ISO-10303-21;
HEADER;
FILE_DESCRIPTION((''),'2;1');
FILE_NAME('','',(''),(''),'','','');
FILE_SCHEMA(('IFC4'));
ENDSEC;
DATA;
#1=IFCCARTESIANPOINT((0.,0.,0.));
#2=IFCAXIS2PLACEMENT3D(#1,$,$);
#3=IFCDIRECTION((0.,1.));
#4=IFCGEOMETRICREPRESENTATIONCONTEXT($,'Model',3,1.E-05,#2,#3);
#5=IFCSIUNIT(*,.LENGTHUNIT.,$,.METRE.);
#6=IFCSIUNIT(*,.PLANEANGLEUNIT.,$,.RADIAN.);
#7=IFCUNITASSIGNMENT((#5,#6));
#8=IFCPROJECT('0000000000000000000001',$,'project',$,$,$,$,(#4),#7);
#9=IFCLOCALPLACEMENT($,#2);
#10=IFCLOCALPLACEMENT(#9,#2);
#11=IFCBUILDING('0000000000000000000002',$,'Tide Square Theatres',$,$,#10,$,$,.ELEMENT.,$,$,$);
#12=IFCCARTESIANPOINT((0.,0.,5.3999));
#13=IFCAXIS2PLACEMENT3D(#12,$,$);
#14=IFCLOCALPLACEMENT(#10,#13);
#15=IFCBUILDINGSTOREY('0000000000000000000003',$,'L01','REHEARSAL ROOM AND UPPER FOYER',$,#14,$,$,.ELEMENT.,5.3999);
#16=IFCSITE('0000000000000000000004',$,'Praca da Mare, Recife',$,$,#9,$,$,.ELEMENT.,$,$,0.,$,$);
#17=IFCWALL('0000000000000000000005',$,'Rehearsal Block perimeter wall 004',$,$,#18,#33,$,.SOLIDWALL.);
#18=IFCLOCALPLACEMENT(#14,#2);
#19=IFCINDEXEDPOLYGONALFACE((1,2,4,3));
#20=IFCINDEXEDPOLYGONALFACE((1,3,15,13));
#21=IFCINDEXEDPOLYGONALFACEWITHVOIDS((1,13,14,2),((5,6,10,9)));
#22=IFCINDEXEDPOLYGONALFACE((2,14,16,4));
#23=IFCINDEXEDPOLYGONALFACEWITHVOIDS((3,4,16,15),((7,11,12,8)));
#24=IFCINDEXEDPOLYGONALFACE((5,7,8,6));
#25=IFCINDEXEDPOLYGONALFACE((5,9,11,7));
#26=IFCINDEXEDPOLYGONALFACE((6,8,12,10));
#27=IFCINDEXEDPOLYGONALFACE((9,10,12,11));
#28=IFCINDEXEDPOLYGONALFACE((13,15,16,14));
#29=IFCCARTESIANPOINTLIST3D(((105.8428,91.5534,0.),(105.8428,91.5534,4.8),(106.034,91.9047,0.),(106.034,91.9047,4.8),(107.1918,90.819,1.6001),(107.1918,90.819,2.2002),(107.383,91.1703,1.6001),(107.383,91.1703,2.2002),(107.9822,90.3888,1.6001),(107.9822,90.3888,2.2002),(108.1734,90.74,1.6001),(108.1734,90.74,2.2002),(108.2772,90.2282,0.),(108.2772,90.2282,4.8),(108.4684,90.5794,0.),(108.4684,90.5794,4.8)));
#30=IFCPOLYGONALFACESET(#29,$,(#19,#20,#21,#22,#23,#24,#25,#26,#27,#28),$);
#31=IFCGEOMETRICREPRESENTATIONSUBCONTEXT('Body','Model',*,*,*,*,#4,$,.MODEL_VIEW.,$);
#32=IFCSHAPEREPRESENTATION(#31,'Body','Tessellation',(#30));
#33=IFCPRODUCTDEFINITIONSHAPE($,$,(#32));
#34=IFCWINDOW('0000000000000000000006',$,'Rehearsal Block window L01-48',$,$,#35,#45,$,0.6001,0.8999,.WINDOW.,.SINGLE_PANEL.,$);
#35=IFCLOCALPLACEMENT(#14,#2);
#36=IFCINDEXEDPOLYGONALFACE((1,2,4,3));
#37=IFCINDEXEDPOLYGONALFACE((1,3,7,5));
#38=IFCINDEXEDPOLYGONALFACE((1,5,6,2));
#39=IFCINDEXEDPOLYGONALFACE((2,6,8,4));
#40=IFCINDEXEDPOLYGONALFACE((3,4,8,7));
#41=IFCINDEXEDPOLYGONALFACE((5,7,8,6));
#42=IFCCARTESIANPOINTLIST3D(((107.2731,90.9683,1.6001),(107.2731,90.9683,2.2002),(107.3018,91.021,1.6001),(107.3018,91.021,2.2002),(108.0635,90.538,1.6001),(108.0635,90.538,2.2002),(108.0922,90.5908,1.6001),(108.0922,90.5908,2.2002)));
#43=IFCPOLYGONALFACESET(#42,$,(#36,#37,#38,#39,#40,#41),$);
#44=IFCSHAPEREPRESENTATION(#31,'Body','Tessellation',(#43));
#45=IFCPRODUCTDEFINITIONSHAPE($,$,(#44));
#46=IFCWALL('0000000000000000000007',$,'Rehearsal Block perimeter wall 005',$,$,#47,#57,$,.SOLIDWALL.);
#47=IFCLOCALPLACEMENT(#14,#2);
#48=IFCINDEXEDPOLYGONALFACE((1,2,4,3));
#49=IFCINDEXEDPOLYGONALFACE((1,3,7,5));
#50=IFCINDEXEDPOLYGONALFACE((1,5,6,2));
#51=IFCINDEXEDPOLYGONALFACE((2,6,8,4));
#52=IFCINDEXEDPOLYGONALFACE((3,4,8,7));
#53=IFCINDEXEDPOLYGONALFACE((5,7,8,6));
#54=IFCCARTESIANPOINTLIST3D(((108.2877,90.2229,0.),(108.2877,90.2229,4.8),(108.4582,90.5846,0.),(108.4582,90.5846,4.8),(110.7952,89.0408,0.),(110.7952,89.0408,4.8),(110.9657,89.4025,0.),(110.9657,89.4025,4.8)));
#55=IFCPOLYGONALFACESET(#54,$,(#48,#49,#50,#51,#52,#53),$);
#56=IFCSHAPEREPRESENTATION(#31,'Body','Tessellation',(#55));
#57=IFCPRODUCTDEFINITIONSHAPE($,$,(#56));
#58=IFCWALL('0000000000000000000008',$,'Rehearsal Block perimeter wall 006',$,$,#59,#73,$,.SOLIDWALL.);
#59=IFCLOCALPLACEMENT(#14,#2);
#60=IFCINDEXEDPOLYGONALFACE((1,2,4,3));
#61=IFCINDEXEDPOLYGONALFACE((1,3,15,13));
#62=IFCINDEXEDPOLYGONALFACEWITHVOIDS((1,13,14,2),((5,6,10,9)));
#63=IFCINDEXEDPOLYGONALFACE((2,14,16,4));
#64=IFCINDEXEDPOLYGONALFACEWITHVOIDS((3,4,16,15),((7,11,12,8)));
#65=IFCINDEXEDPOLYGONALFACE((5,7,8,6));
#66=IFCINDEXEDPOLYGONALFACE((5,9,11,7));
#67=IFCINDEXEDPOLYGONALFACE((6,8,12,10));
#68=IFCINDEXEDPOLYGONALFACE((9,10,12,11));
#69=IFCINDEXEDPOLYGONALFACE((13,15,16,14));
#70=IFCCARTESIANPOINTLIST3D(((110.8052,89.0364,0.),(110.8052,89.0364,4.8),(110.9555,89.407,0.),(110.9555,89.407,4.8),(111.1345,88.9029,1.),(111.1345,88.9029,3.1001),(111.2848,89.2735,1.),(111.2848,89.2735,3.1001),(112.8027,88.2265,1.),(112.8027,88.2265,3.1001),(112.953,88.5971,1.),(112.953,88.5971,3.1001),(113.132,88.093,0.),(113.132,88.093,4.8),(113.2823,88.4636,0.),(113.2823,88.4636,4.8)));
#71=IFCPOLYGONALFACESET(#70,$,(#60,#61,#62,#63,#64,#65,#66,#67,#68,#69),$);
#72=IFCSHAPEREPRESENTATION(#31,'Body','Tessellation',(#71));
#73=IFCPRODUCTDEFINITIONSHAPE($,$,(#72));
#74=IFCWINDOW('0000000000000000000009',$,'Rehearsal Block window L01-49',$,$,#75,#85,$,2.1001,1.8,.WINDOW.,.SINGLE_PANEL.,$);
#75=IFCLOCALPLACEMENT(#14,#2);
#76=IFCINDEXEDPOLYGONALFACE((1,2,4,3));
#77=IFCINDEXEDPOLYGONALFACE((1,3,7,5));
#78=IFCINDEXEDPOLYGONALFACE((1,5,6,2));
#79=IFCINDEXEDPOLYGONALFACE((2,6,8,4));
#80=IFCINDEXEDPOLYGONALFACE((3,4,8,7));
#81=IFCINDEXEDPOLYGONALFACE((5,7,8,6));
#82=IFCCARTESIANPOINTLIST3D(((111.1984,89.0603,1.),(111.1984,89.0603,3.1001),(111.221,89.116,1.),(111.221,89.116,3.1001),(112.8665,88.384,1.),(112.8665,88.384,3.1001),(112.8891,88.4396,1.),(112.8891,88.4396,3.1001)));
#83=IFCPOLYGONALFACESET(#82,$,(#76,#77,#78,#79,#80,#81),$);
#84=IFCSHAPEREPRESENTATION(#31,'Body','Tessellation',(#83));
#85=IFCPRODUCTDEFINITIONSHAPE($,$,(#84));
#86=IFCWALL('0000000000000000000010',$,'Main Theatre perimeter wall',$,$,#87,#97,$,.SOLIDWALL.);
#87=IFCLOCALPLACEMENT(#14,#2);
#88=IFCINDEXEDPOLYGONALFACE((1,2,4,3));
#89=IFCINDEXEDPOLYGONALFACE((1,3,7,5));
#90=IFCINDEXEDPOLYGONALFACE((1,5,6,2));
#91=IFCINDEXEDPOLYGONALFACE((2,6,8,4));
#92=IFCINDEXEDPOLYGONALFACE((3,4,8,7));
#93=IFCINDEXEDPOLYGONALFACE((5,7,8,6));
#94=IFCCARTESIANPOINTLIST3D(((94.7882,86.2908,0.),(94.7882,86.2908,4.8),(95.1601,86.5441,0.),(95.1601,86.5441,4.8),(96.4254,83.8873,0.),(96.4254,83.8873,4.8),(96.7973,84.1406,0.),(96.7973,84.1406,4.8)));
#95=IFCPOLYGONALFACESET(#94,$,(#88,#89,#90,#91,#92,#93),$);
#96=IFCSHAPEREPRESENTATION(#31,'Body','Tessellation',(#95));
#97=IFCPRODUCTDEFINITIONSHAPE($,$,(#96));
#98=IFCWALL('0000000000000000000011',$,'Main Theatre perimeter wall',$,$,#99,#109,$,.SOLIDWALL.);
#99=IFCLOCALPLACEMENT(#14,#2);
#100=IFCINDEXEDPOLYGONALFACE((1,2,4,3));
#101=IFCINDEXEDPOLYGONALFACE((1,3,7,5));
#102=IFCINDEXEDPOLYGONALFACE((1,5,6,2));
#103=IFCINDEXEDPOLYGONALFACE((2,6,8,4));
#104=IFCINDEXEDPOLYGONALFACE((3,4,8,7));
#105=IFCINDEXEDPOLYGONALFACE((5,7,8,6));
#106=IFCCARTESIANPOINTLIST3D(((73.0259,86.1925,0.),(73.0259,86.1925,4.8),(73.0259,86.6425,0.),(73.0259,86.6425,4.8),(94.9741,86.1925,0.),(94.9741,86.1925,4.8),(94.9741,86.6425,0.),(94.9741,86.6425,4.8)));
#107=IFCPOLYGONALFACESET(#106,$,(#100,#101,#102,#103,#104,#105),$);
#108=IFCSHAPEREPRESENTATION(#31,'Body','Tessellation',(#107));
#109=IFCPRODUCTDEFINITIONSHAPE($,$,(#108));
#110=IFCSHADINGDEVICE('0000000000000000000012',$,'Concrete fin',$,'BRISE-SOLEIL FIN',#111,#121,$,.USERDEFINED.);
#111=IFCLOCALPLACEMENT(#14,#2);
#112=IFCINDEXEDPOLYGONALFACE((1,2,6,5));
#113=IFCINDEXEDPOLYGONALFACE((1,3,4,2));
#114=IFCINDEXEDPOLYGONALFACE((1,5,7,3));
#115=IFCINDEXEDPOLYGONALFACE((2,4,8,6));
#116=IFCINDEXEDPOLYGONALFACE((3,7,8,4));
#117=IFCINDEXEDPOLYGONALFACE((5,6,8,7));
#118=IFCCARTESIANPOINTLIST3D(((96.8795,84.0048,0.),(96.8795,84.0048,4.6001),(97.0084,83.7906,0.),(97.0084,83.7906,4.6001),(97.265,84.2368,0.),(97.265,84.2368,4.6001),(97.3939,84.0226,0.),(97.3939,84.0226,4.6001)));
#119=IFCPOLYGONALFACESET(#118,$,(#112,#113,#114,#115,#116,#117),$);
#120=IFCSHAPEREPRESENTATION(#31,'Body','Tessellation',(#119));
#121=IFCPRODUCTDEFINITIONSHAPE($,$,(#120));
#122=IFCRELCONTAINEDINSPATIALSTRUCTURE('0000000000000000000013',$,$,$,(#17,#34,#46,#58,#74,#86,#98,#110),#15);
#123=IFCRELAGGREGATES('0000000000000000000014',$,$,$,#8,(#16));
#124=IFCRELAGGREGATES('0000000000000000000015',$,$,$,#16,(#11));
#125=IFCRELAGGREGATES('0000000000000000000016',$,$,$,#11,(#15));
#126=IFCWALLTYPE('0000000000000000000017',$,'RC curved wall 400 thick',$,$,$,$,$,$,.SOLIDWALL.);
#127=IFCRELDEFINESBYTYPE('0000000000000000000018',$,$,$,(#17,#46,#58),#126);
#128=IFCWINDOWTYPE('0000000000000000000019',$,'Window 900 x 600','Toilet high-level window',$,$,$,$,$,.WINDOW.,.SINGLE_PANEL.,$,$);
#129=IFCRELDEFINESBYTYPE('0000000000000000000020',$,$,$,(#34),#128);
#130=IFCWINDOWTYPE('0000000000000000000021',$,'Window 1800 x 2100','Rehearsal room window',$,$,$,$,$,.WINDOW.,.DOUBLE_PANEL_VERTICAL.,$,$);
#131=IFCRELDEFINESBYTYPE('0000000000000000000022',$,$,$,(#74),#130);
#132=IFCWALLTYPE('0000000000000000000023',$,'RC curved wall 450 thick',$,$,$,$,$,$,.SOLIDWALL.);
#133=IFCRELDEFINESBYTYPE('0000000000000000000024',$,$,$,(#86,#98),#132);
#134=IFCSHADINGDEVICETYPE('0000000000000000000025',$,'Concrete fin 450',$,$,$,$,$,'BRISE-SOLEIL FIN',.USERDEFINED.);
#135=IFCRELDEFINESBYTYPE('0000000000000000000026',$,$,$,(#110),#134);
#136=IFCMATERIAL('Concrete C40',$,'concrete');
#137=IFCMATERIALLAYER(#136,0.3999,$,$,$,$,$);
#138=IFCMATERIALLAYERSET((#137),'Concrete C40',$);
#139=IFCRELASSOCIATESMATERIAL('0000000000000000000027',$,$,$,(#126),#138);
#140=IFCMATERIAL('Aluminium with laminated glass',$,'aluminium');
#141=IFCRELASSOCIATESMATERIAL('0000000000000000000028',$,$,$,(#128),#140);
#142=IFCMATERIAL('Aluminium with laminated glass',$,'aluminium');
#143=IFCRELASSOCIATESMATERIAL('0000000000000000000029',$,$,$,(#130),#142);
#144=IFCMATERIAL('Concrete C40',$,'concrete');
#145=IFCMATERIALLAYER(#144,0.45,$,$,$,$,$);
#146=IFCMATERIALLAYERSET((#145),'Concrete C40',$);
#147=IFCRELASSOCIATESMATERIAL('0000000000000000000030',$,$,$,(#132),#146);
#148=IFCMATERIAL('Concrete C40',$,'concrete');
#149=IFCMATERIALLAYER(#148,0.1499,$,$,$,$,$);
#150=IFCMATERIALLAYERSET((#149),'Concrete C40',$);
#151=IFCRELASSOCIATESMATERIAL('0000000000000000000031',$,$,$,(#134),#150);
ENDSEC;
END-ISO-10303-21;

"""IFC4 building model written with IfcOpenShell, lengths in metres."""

from ifc_helpers import new_model, si_unit, direction, frame, frame_2d, origin, origin_2d, place, context, subcontext, project, spatial, rectangle, extrude, material, layer, layer_set, type_object, element, fill, save


model = new_model("IFC4")

# Units and contexts
model_context = context("Model", 3, precision=1e-05, world=origin(), true_north=direction((0.0, 1.0)))
body_context = subcontext(model_context, "Body", "Model", "MODEL_VIEW")
ifc_project = project(units=[si_unit("LENGTHUNIT", "METRE"), si_unit("PLANEANGLEUNIT", "RADIAN")], contexts=[model_context])

# Site, building, storey
site_placement = place(None, origin())
site = spatial("IfcSite", under=ifc_project, at=site_placement, Name="Praca da Mare, Recife", CompositionType="ELEMENT", RefElevation=0.0)
building_placement = place(site_placement, origin())
building = spatial("IfcBuilding", under=site, at=building_placement, Name="Tide Square Theatres", CompositionType="ELEMENT")
storey_placement = place(building_placement, frame((0.0, 0.0, 5.3999)))
storey = spatial("IfcBuildingStorey", under=building, at=storey_placement, Name="L01", Description="REHEARSAL ROOM AND UPPER FOYER", CompositionType="ELEMENT", Elevation=5.3999)

# Wall, opening, window
ifc_material_1 = material(Name="Concrete C40", Category="concrete")
ifc_layer_1 = layer(ifc_material_1, 0.3999)
ifc_layer_set_1 = layer_set([ifc_layer_1], Name="Concrete C40")
wall_type_1 = type_object("IfcWallType", Name="RC curved wall 400 thick", PredefinedType="SOLIDWALL", material=ifc_layer_set_1)
ifc_material_2 = material(Name="Aluminium with laminated glass", Category="aluminium")
window_type_1 = type_object("IfcWindowType", Name="Window 900 x 600", Description="Toilet high-level window", PartitioningType="SINGLE_PANEL", PredefinedType="WINDOW", material=ifc_material_2)
wall_1_placement = place(storey_placement, frame((105.9385, 91.729, 0.0), z_axis=(0.0, 0.0, 1.0), x_axis=(0.878292, -0.478124, 0.0)))
wall_1 = element("IfcWall", 1, at=wall_1_placement, inside=storey, type_object=wall_type_1, Name="Rehearsal Block perimeter wall 004", PredefinedType="SOLIDWALL", context=body_context, shape_type="SweptSolid", body=[
    extrude(rectangle(XDim=2.7717, YDim=0.3999, at=frame_2d((1.3857, 0.0))), origin(), (0.0, 0.0, 1.0), 4.8),
])
opening_1_placement = place(wall_1_placement, frame((1.5359, 0.0, 1.6001)))
opening_1 = element("IfcOpeningElement", 2, at=opening_1_placement, cuts=wall_1, PredefinedType="OPENING", context=body_context, shape_type="SweptSolid", body=[
    extrude(rectangle(XDim=0.8999, YDim=0.6001, at=frame_2d((0.45, 0.3))), frame((0.0, 0.21, 0.0), z_axis=(0.0, -1.0, 0.0), x_axis=(1.0, 0.0, 0.0)), (0.0, 0.0, 1.0), 0.4199),
])
window_1_placement = place(opening_1_placement, origin())
window_1 = element("IfcWindow", 3, at=window_1_placement, inside=storey, type_object=window_type_1, Name="Rehearsal Block window L01-48", OverallHeight=0.6001, OverallWidth=0.8999, PartitioningType="SINGLE_PANEL", PredefinedType="WINDOW", context=body_context, shape_type="SweptSolid", body=[
    extrude(rectangle(XDim=0.8999, YDim=0.6001, at=frame_2d((0.45, 0.3))), frame((0.0, 0.03, 0.0), z_axis=(0.0, -1.0, 0.0), x_axis=(1.0, 0.0, 0.0)), (0.0, 0.0, 1.0), 0.0601),
])
fill(opening_1, window_1)

# Wall
wall_2_placement = place(storey_placement, frame((108.3728, 90.4038, 0.0), z_axis=(0.0, 0.0, 1.0), x_axis=(0.904527, -0.426416, 0.0)))
element("IfcWall", 4, at=wall_2_placement, inside=storey, type_object=wall_type_1, Name="Rehearsal Block perimeter wall 005", PredefinedType="SOLIDWALL", context=body_context, shape_type="SweptSolid", body=[
    extrude(rectangle(XDim=2.7722, YDim=0.3999, at=frame_2d((1.3862, 0.0))), origin(), (0.0, 0.0, 1.0), 4.8),
])

# Wall, opening, window
wall_3_placement = place(storey_placement, frame((110.8804, 89.2217, 0.0), z_axis=(0.0, 0.0, 1.0), x_axis=(0.926723, -0.375746, 0.0)))
wall_3 = element("IfcWall", 5, at=wall_3_placement, inside=storey, type_object=wall_type_1, Name="Rehearsal Block perimeter wall 006", PredefinedType="SOLIDWALL", context=body_context, shape_type="SweptSolid", body=[
    extrude(rectangle(XDim=2.5107, YDim=0.3999, at=frame_2d((1.2554, 0.0))), origin(), (0.0, 0.0, 1.0), 4.8),
])
opening_2_placement = place(wall_3_placement, frame((0.3555, 0.0, 1.0)))
opening_2 = element("IfcOpeningElement", 6, at=opening_2_placement, cuts=wall_3, PredefinedType="OPENING", context=body_context, shape_type="SweptSolid", body=[
    extrude(rectangle(XDim=1.8, YDim=2.1001, at=frame_2d((0.8999, 1.05))), frame((0.0, 0.21, 0.0), z_axis=(0.0, -1.0, 0.0), x_axis=(1.0, 0.0, 0.0)), (0.0, 0.0, 1.0), 0.4199),
])
ifc_material_3 = material(Name="Aluminium with laminated glass", Category="aluminium")
window_type_2 = type_object("IfcWindowType", Name="Window 1800 x 2100", Description="Rehearsal room window", PartitioningType="DOUBLE_PANEL_VERTICAL", PredefinedType="WINDOW", material=ifc_material_3)
window_2_placement = place(opening_2_placement, origin())
window_2 = element("IfcWindow", 7, at=window_2_placement, inside=storey, type_object=window_type_2, Name="Rehearsal Block window L01-49", OverallHeight=2.1001, OverallWidth=1.8, PartitioningType="SINGLE_PANEL", PredefinedType="WINDOW", context=body_context, shape_type="SweptSolid", body=[
    extrude(rectangle(XDim=1.8, YDim=2.1001, at=frame_2d((0.8999, 1.05))), frame((0.0, 0.03, 0.0), z_axis=(0.0, -1.0, 0.0), x_axis=(1.0, 0.0, 0.0)), (0.0, 0.0, 1.0), 0.0601),
])
fill(opening_2, window_2)

# Walls
ifc_material_4 = material(Name="Concrete C40", Category="concrete")
ifc_layer_2 = layer(ifc_material_4, 0.45)
ifc_layer_set_2 = layer_set([ifc_layer_2], Name="Concrete C40")
wall_type_2 = type_object("IfcWallType", Name="RC curved wall 450 thick", PredefinedType="SOLIDWALL", material=ifc_layer_set_2)
wall_4_placement = place(storey_placement, frame((96.6113, 84.0139, 0.0), z_axis=(0.0, 0.0, 1.0), x_axis=(-0.562964, 0.826481, 0.0)))
element("IfcWall", 8, at=wall_4_placement, inside=storey, type_object=wall_type_2, Name="Main Theatre perimeter wall", PredefinedType="SOLIDWALL", context=body_context, shape_type="SweptSolid", body=[
    extrude(rectangle(XDim=2.9082, YDim=0.45, at=frame_2d((1.4541, 0.0))), origin(), (0.0, 0.0, 1.0), 4.8),
])
wall_5_placement = place(storey_placement, frame((94.9741, 86.4175, 0.0), z_axis=(0.0, 0.0, 1.0), x_axis=(-1.0, 0.0, 0.0)))
element("IfcWall", 9, at=wall_5_placement, inside=storey, type_object=wall_type_2, Name="Main Theatre perimeter wall", PredefinedType="SOLIDWALL", context=body_context, shape_type="SweptSolid", body=[
    extrude(rectangle(XDim=21.9482, YDim=0.45, at=frame_2d((10.9741, 0.0))), origin(), (0.0, 0.0, 1.0), 4.8),
])

# Shading device
ifc_material_5 = material(Name="Concrete C40", Category="concrete")
ifc_layer_3 = layer(ifc_material_5, 0.1499)
ifc_layer_set_3 = layer_set([ifc_layer_3], Name="Concrete C40")
shading_device_type = type_object("IfcShadingDeviceType", Name="Concrete fin 450", ElementType="BRISE-SOLEIL FIN", PredefinedType="USERDEFINED", material=ifc_layer_set_3)
shading_device_placement = place(storey_placement, frame((97.1367, 84.0137, 0.0), z_axis=(0.0, 0.0, 1.0), x_axis=(-0.515681, 0.856781, 0.0)))
element("IfcShadingDevice", 10, at=shading_device_placement, inside=storey, type_object=shading_device_type, Name="Concrete fin", ObjectType="BRISE-SOLEIL FIN", PredefinedType="USERDEFINED", context=body_context, shape_type="SweptSolid", body=[
    extrude(rectangle(XDim=0.25, YDim=0.45, at=origin_2d()), origin(), (0.0, 0.0, 1.0), 4.6001),
])

save(model, "model.ifc")
